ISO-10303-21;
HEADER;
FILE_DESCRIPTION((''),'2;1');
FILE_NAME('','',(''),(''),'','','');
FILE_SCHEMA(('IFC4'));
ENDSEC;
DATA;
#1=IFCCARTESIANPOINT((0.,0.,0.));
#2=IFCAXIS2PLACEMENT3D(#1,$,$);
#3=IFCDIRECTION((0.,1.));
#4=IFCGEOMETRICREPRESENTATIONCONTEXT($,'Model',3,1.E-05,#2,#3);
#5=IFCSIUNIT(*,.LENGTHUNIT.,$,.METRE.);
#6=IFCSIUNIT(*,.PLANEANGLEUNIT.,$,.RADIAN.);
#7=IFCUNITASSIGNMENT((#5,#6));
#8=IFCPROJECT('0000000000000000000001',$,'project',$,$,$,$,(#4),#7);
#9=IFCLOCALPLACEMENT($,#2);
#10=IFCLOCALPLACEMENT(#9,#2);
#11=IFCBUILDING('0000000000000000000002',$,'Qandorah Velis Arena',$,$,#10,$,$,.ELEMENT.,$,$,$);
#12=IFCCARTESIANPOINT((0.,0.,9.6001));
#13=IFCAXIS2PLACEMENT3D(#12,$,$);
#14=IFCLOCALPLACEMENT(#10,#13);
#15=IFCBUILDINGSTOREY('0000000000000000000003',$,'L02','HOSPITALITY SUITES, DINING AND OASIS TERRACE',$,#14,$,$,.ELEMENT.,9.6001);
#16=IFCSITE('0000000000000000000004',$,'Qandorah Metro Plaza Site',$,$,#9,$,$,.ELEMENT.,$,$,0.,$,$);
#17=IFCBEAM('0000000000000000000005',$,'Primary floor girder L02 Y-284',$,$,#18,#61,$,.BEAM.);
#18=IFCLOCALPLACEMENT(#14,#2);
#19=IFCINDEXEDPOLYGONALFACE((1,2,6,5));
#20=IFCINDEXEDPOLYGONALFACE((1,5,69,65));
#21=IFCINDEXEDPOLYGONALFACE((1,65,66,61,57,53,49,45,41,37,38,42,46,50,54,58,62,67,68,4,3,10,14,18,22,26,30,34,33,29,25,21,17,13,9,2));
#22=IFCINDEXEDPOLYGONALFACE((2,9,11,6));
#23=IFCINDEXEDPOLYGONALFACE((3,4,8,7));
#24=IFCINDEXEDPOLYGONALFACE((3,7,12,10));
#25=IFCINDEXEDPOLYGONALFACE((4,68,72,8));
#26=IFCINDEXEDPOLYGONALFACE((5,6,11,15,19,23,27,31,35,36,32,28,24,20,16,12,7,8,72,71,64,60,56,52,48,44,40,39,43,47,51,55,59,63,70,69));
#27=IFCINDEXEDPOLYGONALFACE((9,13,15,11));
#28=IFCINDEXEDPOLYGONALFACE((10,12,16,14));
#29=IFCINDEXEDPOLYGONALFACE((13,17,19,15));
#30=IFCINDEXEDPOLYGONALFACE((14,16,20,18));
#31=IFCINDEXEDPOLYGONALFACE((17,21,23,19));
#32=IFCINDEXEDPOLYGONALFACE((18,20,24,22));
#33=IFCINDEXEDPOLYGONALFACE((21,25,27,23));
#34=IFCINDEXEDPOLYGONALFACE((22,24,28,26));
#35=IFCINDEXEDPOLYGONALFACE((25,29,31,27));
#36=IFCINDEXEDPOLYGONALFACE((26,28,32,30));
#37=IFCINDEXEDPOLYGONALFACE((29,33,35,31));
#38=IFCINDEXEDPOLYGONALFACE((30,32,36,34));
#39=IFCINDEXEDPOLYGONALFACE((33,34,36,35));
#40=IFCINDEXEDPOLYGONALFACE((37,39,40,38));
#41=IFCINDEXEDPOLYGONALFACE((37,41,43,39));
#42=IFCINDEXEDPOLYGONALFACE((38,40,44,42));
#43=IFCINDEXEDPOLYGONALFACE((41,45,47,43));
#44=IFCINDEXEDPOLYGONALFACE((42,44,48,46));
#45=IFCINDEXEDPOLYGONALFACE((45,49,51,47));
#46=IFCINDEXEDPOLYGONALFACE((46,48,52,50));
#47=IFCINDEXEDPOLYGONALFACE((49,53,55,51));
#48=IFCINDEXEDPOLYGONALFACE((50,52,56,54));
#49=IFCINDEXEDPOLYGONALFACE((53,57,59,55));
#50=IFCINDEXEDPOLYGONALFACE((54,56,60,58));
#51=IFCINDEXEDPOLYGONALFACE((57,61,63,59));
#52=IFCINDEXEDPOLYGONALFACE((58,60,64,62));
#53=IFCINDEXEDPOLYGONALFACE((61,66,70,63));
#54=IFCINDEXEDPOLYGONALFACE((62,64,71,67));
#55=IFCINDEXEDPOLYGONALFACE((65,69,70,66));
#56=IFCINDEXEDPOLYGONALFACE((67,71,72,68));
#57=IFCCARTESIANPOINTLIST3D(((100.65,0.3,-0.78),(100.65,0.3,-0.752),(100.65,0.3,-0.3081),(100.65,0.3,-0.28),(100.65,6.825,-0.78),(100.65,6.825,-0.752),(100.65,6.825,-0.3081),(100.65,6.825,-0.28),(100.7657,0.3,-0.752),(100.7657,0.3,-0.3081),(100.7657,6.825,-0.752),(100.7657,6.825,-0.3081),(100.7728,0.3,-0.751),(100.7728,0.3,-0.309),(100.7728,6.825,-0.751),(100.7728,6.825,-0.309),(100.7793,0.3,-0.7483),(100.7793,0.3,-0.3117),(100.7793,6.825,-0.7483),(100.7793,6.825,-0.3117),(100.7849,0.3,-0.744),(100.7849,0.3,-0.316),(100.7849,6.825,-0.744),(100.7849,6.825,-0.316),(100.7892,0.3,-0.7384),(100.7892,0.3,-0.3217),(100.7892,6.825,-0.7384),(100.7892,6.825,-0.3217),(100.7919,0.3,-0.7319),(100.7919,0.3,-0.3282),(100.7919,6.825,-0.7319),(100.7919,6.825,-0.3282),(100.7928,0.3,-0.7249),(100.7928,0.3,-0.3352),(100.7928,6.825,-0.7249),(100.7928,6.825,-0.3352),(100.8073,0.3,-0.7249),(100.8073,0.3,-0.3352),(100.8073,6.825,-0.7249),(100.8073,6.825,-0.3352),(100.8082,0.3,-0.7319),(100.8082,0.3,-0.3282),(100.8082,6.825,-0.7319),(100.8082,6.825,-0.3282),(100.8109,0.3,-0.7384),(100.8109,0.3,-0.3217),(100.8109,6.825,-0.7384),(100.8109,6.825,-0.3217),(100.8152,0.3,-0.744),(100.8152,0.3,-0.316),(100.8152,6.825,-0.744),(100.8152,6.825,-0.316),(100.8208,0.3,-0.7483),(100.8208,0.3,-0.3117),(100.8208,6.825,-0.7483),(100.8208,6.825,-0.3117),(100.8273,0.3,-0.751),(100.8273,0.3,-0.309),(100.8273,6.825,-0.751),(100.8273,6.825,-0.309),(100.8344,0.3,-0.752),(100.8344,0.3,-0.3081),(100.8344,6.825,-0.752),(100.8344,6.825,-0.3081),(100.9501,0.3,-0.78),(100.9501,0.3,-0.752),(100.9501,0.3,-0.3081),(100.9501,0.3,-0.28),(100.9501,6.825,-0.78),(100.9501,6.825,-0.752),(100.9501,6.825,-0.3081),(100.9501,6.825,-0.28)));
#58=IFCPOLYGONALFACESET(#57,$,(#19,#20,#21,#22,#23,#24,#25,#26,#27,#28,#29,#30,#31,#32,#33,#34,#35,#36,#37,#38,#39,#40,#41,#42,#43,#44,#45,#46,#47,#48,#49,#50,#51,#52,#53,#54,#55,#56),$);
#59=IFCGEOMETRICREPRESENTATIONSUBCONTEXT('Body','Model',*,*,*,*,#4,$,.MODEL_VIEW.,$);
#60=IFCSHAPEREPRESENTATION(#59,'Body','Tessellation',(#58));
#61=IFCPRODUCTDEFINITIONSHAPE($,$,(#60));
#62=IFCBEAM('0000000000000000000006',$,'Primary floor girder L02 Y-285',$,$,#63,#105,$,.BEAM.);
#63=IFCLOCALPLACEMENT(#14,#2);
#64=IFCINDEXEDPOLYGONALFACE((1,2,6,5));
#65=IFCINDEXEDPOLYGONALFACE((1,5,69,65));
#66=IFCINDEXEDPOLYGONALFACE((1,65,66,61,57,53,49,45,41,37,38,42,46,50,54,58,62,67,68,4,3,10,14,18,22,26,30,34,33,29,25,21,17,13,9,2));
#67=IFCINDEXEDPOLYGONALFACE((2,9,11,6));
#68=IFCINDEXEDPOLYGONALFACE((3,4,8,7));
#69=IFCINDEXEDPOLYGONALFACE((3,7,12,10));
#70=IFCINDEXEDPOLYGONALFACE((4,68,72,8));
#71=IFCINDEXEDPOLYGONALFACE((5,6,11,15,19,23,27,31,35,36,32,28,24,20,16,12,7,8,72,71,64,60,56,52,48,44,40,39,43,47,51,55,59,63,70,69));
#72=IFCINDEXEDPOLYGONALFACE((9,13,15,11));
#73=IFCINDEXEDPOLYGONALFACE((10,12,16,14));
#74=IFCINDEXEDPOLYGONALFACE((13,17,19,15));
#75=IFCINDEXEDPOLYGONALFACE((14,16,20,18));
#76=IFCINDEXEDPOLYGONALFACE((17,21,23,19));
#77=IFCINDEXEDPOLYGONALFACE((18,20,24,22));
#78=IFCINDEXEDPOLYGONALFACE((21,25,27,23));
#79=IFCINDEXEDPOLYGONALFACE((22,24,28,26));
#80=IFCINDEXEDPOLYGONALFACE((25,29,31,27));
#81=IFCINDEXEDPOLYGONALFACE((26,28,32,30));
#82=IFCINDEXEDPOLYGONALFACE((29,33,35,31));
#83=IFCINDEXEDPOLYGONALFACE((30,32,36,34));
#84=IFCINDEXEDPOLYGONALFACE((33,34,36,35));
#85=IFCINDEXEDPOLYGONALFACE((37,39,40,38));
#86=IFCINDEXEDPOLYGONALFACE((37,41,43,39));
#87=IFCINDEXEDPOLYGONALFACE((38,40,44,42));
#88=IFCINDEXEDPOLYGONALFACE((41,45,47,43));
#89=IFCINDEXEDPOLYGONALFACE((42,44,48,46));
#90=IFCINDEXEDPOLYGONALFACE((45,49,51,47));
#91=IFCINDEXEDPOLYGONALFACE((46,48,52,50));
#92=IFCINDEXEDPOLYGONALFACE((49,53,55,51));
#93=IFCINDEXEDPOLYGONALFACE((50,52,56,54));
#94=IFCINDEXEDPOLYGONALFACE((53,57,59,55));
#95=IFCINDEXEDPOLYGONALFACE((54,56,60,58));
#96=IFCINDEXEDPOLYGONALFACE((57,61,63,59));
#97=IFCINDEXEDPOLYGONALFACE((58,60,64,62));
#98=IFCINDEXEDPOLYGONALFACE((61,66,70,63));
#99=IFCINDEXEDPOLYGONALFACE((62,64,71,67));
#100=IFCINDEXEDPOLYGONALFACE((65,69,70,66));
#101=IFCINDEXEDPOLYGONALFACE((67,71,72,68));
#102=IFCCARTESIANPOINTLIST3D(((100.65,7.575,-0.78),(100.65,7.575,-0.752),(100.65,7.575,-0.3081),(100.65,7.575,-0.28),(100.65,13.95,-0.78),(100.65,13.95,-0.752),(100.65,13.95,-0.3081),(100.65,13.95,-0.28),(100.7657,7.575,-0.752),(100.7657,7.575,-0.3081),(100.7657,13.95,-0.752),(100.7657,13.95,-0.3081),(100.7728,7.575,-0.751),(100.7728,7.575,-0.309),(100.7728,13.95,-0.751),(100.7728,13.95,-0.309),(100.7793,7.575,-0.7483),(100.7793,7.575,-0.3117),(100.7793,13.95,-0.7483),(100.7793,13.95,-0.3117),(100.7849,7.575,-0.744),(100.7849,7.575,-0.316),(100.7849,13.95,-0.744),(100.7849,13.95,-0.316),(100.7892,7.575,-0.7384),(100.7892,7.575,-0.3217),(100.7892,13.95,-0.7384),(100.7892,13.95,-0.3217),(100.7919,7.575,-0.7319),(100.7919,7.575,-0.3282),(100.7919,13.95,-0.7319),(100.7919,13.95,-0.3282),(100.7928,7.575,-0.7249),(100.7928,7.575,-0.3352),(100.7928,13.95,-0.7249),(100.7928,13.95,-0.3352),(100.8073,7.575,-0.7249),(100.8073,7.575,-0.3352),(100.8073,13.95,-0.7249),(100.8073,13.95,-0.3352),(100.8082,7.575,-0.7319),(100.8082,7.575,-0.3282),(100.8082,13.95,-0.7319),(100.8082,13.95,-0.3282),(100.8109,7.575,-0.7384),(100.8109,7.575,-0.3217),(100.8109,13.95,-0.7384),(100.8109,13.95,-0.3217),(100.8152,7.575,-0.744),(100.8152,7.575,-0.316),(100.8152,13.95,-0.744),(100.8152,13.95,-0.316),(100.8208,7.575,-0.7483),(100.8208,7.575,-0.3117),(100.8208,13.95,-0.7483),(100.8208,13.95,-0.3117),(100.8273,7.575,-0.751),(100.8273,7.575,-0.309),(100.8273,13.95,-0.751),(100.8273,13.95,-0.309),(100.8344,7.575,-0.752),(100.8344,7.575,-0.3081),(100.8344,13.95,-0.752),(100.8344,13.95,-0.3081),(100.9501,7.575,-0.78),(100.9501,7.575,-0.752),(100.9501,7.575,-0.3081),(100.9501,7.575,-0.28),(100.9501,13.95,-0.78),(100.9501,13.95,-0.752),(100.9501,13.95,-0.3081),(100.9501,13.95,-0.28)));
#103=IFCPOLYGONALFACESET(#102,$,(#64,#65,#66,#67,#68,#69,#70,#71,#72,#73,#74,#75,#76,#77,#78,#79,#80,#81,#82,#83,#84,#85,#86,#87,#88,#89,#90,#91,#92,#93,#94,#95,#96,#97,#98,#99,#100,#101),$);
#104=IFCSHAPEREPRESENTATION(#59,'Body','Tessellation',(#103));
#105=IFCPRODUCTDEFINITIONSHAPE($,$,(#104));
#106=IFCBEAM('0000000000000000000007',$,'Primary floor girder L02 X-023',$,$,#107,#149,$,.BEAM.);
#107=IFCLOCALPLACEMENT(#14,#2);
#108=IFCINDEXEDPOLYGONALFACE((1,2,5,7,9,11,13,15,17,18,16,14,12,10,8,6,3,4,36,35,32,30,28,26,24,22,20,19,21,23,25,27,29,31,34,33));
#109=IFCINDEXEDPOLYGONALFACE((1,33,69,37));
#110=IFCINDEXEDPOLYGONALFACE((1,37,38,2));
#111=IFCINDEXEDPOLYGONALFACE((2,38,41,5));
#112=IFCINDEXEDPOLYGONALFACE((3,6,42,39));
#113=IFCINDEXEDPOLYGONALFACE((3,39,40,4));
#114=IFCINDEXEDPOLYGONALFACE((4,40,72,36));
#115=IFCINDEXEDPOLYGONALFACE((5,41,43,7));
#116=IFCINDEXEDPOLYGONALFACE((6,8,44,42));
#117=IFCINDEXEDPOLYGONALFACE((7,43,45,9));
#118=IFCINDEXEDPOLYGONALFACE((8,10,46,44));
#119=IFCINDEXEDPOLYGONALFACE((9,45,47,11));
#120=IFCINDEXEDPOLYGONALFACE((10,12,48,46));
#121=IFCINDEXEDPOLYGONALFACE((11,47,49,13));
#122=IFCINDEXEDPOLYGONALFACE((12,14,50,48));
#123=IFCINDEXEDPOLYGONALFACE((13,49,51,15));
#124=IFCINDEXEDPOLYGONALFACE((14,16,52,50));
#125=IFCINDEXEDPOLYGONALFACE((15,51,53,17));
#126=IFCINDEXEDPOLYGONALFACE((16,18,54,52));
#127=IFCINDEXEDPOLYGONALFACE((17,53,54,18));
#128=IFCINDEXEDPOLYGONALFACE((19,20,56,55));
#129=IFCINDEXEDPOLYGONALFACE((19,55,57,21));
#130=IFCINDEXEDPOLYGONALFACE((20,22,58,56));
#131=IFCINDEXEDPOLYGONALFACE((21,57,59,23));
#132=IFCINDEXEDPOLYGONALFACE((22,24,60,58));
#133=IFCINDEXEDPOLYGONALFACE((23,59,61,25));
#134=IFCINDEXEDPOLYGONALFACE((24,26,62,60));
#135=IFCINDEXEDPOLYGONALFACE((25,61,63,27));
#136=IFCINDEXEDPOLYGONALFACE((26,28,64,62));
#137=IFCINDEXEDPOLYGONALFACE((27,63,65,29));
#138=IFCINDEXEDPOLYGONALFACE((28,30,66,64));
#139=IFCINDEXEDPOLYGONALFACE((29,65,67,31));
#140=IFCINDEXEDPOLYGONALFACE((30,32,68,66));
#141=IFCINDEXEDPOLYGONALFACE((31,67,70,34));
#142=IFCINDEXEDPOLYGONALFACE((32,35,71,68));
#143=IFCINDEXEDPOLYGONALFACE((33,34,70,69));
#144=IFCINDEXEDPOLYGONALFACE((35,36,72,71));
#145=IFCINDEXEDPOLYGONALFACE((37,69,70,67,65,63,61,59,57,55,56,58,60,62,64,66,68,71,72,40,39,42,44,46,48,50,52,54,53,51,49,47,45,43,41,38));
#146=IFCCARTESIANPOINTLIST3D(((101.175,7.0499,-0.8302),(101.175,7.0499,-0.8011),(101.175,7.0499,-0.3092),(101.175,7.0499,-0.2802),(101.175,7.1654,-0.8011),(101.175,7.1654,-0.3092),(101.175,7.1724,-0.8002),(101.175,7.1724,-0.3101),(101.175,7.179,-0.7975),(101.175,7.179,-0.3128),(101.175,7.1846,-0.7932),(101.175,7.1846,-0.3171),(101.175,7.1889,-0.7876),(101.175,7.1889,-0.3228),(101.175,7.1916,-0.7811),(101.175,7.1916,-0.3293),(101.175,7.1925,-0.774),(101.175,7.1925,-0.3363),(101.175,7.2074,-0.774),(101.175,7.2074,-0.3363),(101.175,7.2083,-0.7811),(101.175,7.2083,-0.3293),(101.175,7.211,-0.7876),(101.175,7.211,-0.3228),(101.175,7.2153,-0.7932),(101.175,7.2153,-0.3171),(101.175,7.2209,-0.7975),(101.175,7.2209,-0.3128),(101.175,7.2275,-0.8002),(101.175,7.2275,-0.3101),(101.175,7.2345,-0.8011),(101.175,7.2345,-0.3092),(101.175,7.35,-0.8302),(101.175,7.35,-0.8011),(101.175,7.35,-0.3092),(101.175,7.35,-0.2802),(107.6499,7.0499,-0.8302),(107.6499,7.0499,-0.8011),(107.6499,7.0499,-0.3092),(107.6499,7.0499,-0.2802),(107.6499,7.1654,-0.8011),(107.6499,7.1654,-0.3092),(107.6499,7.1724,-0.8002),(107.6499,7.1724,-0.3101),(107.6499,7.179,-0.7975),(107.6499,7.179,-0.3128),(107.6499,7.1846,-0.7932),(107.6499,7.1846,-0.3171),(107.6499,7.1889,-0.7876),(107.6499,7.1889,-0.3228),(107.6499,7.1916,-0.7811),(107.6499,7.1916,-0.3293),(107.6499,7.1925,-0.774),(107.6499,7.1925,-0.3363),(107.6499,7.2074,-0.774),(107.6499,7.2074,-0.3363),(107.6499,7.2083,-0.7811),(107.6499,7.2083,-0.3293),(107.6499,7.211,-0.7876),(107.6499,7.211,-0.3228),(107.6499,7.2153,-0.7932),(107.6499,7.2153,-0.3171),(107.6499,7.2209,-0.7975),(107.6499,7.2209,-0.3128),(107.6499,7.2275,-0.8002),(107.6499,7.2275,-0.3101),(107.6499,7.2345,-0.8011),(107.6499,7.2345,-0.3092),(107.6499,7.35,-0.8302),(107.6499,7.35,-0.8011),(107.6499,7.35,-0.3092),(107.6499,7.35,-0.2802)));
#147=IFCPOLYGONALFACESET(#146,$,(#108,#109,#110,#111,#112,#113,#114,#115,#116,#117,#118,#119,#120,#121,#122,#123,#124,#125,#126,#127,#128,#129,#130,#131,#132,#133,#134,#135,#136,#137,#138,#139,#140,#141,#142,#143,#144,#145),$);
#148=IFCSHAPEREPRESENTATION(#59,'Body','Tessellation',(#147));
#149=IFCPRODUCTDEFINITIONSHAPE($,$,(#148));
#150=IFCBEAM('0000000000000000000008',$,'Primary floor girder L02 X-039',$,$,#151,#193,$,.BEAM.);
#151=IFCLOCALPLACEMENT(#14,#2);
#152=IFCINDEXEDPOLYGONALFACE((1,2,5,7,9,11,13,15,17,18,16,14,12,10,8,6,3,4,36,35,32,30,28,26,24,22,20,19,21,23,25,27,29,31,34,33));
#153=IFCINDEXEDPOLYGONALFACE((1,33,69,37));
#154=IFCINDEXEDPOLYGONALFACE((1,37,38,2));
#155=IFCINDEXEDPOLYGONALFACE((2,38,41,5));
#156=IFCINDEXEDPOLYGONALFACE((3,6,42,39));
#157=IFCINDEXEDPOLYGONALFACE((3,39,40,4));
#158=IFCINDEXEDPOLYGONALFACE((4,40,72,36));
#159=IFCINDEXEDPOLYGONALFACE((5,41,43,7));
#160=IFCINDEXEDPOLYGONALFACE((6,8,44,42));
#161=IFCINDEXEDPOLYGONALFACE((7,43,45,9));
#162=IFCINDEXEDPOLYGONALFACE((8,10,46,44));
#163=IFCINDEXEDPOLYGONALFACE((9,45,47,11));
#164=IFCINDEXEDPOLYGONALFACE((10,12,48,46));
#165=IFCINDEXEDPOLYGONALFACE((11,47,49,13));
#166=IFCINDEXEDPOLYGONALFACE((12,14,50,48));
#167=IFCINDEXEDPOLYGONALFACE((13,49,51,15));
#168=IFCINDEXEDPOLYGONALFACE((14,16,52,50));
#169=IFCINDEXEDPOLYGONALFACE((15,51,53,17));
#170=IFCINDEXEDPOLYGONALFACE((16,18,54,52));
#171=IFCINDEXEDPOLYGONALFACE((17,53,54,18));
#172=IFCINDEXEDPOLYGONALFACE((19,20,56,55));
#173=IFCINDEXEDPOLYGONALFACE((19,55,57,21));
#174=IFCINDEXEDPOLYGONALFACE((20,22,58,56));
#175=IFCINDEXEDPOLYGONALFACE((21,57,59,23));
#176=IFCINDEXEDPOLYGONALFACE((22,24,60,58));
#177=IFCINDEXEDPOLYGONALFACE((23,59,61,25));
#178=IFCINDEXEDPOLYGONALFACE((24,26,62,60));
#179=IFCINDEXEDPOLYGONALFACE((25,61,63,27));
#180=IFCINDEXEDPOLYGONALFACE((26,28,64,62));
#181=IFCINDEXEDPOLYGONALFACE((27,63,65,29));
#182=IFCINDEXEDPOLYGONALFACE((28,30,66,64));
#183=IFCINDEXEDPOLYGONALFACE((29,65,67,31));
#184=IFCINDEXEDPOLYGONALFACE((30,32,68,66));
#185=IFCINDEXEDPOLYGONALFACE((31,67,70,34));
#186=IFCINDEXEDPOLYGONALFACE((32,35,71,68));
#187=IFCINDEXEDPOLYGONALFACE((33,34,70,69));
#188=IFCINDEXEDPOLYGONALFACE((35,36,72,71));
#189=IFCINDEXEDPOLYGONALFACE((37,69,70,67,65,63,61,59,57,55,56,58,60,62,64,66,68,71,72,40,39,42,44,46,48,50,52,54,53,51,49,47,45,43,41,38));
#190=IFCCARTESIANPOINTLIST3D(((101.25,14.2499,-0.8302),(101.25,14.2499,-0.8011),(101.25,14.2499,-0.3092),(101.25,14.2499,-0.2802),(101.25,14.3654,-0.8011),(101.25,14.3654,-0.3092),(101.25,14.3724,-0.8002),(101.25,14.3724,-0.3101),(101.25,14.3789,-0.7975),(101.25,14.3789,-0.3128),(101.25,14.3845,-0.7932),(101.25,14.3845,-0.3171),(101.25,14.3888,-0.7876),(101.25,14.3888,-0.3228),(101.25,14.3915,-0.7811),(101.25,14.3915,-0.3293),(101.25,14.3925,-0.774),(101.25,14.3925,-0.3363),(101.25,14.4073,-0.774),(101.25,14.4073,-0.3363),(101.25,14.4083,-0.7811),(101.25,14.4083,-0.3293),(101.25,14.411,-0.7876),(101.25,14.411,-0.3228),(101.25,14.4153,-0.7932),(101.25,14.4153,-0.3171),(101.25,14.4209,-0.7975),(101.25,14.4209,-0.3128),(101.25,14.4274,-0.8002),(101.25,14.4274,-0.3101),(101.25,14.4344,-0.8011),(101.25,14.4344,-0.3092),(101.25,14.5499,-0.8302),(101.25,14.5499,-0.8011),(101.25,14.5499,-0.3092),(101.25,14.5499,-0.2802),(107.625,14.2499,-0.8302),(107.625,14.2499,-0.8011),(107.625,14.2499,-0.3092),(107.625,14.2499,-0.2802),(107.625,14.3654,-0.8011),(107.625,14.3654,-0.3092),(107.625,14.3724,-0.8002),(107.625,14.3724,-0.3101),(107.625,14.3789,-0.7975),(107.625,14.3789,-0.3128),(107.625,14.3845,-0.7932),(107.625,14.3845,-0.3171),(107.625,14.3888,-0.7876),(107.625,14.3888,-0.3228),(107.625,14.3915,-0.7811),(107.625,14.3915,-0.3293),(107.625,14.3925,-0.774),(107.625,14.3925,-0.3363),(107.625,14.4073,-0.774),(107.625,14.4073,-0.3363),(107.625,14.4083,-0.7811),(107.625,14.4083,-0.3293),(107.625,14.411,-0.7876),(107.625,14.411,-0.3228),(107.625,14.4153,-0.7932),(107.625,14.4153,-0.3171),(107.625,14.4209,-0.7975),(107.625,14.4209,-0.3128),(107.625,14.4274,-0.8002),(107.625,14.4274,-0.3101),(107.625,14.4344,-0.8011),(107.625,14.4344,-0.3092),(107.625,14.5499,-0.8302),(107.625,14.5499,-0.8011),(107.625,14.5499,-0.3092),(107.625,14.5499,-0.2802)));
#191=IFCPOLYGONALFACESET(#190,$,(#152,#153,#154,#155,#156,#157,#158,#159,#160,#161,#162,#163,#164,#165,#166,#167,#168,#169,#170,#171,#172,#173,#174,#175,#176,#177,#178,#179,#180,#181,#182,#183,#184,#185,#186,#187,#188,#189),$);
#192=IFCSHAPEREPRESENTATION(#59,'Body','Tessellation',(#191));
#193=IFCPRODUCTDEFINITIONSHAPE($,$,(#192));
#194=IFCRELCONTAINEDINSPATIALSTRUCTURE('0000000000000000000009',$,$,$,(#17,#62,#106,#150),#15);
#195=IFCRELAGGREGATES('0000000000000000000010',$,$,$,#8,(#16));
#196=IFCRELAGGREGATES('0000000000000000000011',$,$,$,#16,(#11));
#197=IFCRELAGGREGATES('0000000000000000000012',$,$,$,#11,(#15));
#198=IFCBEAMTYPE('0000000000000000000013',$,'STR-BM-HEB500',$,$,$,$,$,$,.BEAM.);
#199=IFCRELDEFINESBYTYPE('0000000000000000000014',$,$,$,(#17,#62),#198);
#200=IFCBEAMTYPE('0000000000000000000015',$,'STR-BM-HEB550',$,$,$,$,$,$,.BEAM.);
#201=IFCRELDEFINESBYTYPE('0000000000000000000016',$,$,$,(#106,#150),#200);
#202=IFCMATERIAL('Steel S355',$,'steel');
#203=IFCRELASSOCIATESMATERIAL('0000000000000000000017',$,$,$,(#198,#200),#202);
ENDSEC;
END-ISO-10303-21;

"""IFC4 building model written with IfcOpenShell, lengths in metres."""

from ifc_helpers import new_model, si_unit, direction, frame, origin, origin_2d, place, context, subcontext, project, spatial, i_section, extrude, material, material_profile, profile_set, type_object, element, save


model = new_model("IFC4")

# Units and contexts
model_context = context("Model", 3, precision=1e-05, world=origin(), true_north=direction((0.0, 1.0)))
body_context = subcontext(model_context, "Body", "Model", "MODEL_VIEW")
ifc_project = project(units=[si_unit("LENGTHUNIT", "METRE"), si_unit("PLANEANGLEUNIT", "RADIAN")], contexts=[model_context])

# Site, building, storey
site_placement = place(None, origin())
site = spatial("IfcSite", under=ifc_project, at=site_placement, Name="Qandorah Metro Plaza Site", CompositionType="ELEMENT", RefElevation=0.0)
building_placement = place(site_placement, origin())
building = spatial("IfcBuilding", under=site, at=building_placement, Name="Qandorah Velis Arena", CompositionType="ELEMENT")
storey_placement = place(building_placement, frame((0.0, 0.0, 9.6001)))
storey = spatial("IfcBuildingStorey", under=building, at=storey_placement, Name="L02", Description="HOSPITALITY SUITES, DINING AND OASIS TERRACE", CompositionType="ELEMENT", Elevation=9.6001)

# Beams
ifc_material_1 = material(Name="Steel S355", Category="steel")
ifc_material_profile_1 = material_profile(ifc_material_1, i_section(OverallWidth=0.3, OverallDepth=0.5, WebThickness=0.0144, FlangeThickness=0.0281, FilletRadius=0.0271, at=origin_2d()), Name="HEB 500")
ifc_profile_set_1 = profile_set([ifc_material_profile_1], Name="Steel S355")
beam_type_1 = type_object("IfcBeamType", Name="STR-BM-HEB500", PredefinedType="BEAM", material=ifc_profile_set_1)
beam_1_placement = place(storey_placement, frame((100.8, 0.3, -0.53), z_axis=(0.0, 1.0, 0.0), x_axis=(-1.0, 0.0, 0.0)))
element("IfcBeam", 1, at=beam_1_placement, inside=storey, type_object=beam_type_1, Name="Primary floor girder L02 Y-284", PredefinedType="BEAM", context=body_context, shape_type="SweptSolid", body=[
    extrude(i_section(OverallWidth=0.3, OverallDepth=0.5, WebThickness=0.0144, FlangeThickness=0.0281, FilletRadius=0.0271, at=origin_2d()), origin(), (0.0, 0.0, 1.0), 6.5249),
])
beam_2_placement = place(storey_placement, frame((100.8, 7.575, -0.53), z_axis=(0.0, 1.0, 0.0), x_axis=(-1.0, 0.0, 0.0)))
element("IfcBeam", 2, at=beam_2_placement, inside=storey, type_object=beam_type_1, Name="Primary floor girder L02 Y-285", PredefinedType="BEAM", context=body_context, shape_type="SweptSolid", body=[
    extrude(i_section(OverallWidth=0.3, OverallDepth=0.5, WebThickness=0.0144, FlangeThickness=0.0281, FilletRadius=0.0271, at=origin_2d()), origin(), (0.0, 0.0, 1.0), 6.375),
])
ifc_material_profile_2 = material_profile(ifc_material_1, i_section(OverallWidth=0.3, OverallDepth=0.55, WebThickness=0.0149, FlangeThickness=0.0291, FilletRadius=0.0271, at=origin_2d()), Name="HEB 550")
ifc_profile_set_2 = profile_set([ifc_material_profile_2], Name="Steel S355")
beam_type_2 = type_object("IfcBeamType", Name="STR-BM-HEB550", PredefinedType="BEAM", material=ifc_profile_set_2)
beam_3_placement = place(storey_placement, frame((101.175, 7.2, -0.5552), z_axis=(1.0, 0.0, 0.0), x_axis=(0.0, 1.0, 0.0)))
element("IfcBeam", 3, at=beam_3_placement, inside=storey, type_object=beam_type_2, Name="Primary floor girder L02 X-023", PredefinedType="BEAM", context=body_context, shape_type="SweptSolid", body=[
    extrude(i_section(OverallWidth=0.3, OverallDepth=0.55, WebThickness=0.0149, FlangeThickness=0.0291, FilletRadius=0.0271, at=origin_2d()), origin(), (0.0, 0.0, 1.0), 6.4749),
])
beam_4_placement = place(storey_placement, frame((101.25, 14.3999, -0.5552), z_axis=(1.0, 0.0, 0.0), x_axis=(0.0, 1.0, 0.0)))
element("IfcBeam", 4, at=beam_4_placement, inside=storey, type_object=beam_type_2, Name="Primary floor girder L02 X-039", PredefinedType="BEAM", context=body_context, shape_type="SweptSolid", body=[
    extrude(i_section(OverallWidth=0.3, OverallDepth=0.55, WebThickness=0.0149, FlangeThickness=0.0291, FilletRadius=0.0271, at=origin_2d()), origin(), (0.0, 0.0, 1.0), 6.375),
])

save(model, "model.ifc")
